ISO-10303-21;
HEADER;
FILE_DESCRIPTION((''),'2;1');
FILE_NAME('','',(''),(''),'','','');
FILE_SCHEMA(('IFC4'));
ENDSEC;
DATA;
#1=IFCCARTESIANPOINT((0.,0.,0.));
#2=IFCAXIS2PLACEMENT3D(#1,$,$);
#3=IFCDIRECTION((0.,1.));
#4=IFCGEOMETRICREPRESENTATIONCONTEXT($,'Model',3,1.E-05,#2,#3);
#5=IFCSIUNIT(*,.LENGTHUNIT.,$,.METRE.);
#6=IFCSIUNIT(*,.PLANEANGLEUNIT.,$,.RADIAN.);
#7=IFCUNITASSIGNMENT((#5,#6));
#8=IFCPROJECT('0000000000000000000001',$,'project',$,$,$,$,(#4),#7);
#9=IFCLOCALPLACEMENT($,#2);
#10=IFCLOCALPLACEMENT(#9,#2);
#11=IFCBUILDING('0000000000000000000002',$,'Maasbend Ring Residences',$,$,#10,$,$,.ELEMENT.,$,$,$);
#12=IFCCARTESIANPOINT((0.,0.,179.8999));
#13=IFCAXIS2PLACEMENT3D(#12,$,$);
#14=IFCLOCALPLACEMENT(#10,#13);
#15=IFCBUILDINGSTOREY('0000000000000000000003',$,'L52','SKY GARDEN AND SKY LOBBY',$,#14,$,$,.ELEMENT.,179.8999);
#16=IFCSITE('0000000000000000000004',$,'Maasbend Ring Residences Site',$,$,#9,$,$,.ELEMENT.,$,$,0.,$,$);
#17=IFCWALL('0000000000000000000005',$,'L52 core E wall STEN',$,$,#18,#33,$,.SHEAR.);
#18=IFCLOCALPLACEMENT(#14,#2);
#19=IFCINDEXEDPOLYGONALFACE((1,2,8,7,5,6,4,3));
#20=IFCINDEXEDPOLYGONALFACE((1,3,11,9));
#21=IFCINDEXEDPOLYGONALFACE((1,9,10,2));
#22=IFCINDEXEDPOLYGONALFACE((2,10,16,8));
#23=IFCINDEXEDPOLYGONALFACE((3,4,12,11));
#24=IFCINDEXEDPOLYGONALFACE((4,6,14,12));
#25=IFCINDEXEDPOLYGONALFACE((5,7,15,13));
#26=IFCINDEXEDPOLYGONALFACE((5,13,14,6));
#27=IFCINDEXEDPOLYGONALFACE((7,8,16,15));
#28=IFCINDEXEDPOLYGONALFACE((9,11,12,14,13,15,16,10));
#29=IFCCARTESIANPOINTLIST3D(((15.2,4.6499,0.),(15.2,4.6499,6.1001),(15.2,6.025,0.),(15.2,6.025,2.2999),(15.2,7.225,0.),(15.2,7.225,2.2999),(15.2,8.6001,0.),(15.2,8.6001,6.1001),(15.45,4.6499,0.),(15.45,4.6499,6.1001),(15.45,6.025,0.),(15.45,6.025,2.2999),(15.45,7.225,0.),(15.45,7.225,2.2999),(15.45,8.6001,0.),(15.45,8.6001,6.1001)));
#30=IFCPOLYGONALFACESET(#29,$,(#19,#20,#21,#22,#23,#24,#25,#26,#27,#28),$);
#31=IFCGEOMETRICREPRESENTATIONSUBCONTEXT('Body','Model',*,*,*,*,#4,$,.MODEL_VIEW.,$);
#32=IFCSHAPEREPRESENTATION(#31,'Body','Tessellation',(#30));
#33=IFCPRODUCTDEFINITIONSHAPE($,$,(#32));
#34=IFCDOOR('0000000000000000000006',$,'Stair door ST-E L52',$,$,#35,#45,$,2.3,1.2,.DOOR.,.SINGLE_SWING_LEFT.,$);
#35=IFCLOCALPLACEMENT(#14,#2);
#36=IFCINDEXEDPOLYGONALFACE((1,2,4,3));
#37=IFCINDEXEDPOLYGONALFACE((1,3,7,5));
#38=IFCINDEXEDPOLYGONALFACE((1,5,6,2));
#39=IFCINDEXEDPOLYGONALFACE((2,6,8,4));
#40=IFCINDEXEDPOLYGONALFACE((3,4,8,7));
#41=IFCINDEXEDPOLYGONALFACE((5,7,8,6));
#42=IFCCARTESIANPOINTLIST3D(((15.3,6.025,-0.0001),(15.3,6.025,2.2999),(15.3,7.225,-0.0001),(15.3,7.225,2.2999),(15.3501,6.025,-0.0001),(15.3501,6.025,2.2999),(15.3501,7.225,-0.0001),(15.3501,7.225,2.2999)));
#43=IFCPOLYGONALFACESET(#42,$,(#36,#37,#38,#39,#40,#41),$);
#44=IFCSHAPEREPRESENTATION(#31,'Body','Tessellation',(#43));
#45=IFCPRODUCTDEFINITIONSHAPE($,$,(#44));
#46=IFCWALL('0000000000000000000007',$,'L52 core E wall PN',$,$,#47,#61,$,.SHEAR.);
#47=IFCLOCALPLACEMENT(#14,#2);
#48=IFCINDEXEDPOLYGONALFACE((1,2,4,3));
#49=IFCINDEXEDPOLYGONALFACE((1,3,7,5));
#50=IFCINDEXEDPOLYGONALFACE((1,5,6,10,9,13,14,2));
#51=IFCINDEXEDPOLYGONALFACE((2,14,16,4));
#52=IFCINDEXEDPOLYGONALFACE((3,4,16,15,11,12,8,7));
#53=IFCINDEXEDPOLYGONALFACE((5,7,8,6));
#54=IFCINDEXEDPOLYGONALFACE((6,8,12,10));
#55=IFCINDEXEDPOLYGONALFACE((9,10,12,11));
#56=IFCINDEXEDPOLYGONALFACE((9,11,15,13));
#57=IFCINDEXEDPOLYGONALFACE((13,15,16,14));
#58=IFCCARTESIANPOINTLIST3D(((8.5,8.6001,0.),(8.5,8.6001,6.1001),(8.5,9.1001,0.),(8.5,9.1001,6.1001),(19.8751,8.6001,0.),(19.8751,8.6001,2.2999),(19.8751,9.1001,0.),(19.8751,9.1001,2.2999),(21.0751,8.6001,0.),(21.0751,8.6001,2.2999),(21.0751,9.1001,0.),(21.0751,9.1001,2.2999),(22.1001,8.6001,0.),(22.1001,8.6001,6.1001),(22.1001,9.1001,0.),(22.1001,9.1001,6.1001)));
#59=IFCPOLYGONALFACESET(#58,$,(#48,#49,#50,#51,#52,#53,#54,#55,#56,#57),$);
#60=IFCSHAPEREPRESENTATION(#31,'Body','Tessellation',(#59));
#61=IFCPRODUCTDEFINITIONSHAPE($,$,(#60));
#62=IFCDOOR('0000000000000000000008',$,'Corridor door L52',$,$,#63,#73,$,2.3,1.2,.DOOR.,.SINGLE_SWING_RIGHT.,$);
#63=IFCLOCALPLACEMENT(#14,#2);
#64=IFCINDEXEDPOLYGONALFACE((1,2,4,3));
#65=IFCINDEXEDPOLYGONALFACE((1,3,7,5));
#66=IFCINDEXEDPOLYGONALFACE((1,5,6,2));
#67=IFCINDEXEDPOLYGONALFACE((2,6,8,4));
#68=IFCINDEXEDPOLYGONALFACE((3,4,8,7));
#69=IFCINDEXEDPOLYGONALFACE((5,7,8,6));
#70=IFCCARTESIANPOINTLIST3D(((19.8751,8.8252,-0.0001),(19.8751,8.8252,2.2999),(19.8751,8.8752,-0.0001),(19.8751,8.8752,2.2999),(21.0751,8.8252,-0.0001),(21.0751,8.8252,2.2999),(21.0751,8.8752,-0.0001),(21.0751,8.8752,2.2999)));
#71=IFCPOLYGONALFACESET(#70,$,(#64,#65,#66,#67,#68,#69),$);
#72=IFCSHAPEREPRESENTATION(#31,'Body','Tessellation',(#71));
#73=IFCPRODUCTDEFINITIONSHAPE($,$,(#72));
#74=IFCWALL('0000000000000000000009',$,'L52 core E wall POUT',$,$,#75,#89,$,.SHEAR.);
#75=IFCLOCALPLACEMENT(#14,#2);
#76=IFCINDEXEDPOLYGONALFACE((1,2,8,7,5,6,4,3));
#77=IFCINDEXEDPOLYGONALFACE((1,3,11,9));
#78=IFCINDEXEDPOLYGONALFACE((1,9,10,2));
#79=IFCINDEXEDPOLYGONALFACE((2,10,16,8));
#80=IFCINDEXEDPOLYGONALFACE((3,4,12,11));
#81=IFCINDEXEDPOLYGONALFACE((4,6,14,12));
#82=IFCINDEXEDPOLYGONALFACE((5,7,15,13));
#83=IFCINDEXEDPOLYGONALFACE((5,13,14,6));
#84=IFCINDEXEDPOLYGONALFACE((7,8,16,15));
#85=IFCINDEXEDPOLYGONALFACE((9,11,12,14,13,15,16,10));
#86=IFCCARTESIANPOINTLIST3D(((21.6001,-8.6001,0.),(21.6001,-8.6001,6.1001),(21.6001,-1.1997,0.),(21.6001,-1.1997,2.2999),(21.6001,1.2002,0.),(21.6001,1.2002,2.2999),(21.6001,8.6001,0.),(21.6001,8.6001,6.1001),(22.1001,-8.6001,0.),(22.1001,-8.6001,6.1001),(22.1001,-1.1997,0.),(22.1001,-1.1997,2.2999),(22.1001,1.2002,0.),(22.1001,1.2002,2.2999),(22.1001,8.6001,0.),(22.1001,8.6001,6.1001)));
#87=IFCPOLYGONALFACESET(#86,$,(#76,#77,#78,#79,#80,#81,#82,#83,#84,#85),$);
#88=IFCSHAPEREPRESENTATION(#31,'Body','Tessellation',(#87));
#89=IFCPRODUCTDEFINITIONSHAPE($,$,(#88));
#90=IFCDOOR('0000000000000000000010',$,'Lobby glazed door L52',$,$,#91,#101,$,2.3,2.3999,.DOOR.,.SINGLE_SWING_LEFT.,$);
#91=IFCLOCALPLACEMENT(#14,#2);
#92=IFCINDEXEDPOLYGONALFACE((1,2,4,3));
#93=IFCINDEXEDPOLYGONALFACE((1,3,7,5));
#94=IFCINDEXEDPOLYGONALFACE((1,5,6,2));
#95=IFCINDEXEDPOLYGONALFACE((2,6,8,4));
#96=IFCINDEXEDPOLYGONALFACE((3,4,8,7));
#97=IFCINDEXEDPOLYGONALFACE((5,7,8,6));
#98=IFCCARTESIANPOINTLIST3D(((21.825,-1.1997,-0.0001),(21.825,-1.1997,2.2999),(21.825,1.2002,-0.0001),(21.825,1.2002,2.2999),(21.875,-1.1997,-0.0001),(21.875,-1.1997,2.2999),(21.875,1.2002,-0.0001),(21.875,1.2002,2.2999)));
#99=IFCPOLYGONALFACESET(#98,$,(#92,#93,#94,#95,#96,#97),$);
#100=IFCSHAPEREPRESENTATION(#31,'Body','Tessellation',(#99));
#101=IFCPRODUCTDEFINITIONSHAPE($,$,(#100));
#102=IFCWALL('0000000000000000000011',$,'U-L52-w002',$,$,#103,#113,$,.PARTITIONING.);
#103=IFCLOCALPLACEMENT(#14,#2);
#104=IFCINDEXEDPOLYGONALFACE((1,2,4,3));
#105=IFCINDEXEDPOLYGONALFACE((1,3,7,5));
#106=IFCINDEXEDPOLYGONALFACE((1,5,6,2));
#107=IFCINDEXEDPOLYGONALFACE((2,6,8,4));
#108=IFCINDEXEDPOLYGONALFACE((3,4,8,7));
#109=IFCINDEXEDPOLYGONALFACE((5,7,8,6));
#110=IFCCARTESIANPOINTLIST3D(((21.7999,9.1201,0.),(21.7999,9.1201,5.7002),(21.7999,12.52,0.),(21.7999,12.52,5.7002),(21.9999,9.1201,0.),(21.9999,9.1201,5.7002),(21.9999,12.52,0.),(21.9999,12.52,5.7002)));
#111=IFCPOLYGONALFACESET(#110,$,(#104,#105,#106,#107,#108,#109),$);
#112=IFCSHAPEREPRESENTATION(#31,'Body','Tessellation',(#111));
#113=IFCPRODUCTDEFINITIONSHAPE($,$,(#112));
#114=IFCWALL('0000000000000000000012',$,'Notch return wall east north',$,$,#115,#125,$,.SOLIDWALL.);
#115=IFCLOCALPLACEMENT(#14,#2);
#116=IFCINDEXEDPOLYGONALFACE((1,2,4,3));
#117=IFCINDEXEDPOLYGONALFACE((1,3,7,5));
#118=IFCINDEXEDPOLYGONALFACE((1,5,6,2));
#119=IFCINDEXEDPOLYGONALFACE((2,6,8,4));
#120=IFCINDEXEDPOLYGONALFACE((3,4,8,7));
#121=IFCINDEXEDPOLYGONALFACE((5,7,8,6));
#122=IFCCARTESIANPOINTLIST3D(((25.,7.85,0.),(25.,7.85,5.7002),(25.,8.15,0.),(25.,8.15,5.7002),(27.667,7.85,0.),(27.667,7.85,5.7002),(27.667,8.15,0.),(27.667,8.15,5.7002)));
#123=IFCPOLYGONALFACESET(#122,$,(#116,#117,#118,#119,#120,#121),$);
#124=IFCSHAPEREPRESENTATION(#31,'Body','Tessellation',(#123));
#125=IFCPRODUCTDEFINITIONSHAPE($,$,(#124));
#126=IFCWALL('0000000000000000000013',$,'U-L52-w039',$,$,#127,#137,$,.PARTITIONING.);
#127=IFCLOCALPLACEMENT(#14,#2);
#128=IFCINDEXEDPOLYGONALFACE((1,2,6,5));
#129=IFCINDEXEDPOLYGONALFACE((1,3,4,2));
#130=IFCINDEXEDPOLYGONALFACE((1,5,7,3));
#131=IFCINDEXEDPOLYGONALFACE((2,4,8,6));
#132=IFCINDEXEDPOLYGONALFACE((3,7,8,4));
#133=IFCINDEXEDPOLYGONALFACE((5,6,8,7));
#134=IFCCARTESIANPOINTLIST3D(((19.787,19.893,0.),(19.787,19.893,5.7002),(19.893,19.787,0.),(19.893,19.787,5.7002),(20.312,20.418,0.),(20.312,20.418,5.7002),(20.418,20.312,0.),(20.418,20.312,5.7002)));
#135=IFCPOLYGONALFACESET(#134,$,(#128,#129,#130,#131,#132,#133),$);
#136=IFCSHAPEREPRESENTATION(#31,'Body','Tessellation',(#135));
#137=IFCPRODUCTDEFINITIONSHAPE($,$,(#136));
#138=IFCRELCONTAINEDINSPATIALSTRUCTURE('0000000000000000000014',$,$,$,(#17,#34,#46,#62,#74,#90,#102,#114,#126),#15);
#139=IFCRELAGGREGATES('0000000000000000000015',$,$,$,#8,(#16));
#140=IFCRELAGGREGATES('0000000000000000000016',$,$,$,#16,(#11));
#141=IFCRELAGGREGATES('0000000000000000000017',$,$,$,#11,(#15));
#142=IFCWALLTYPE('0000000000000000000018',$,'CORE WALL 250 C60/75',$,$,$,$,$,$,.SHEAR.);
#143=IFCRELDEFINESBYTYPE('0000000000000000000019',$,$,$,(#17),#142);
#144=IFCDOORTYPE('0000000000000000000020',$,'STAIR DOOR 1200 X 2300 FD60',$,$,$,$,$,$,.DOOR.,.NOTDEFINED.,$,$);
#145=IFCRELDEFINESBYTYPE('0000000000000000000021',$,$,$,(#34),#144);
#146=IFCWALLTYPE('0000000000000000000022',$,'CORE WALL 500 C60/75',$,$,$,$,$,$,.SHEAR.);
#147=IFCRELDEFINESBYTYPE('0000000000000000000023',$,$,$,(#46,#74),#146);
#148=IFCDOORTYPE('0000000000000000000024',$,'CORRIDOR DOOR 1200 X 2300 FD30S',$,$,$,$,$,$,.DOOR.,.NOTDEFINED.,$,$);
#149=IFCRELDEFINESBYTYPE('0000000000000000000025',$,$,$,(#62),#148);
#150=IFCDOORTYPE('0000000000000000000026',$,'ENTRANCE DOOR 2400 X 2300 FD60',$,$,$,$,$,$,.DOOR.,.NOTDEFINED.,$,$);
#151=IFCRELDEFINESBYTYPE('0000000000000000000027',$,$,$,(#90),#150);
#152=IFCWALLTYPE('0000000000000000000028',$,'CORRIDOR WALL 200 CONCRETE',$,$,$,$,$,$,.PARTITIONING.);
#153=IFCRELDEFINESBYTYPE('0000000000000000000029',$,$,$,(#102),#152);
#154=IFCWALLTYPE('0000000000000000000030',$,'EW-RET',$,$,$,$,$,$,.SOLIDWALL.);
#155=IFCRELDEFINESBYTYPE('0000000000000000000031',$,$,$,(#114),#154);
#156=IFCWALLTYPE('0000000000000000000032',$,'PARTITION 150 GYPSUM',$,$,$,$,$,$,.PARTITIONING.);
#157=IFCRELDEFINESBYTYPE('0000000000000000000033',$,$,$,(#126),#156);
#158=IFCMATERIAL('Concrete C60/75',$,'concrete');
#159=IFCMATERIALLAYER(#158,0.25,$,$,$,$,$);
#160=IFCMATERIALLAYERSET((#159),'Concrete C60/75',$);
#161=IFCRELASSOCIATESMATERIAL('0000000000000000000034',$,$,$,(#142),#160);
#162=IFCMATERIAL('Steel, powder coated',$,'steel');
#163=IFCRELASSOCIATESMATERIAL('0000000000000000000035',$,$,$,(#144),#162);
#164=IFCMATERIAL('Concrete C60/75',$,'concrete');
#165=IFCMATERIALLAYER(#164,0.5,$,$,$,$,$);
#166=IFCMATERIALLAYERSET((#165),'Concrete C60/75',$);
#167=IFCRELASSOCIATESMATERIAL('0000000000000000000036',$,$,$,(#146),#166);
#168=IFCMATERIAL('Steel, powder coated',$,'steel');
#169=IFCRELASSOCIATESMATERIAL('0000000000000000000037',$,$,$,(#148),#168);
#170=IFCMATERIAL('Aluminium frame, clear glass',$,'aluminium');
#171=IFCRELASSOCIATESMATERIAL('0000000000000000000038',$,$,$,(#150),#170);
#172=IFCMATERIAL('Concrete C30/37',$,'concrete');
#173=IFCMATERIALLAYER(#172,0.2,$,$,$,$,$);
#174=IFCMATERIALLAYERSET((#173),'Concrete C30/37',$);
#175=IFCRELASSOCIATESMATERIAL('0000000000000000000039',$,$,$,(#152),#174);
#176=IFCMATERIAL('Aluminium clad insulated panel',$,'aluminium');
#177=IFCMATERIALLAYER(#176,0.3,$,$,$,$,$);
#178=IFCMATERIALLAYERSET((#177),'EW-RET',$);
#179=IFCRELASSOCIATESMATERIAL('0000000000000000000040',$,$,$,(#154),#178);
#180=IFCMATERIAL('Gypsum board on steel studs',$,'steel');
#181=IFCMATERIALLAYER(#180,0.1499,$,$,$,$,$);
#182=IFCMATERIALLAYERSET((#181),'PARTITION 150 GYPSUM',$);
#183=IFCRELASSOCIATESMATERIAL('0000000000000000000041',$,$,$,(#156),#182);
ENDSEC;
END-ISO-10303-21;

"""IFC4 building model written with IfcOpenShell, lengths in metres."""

from ifc_helpers import new_model, si_unit, direction, frame, frame_2d, origin, place, context, subcontext, project, spatial, rectangle, extrude, material, layer, layer_set, type_object, element, fill, save


model = new_model("IFC4")

# Units and contexts
model_context = context("Model", 3, precision=1e-05, world=origin(), true_north=direction((0.0, 1.0)))
body_context = subcontext(model_context, "Body", "Model", "MODEL_VIEW")
ifc_project = project(units=[si_unit("LENGTHUNIT", "METRE"), si_unit("PLANEANGLEUNIT", "RADIAN")], contexts=[model_context])

# Site, building, storey
site_placement = place(None, origin())
site = spatial("IfcSite", under=ifc_project, at=site_placement, Name="Maasbend Ring Residences Site", CompositionType="ELEMENT", RefElevation=0.0)
building_placement = place(site_placement, origin())
building = spatial("IfcBuilding", under=site, at=building_placement, Name="Maasbend Ring Residences", CompositionType="ELEMENT")
storey_placement = place(building_placement, frame((0.0, 0.0, 179.8999)))
storey = spatial("IfcBuildingStorey", under=building, at=storey_placement, Name="L52", Description="SKY GARDEN AND SKY LOBBY", CompositionType="ELEMENT", Elevation=179.8999)

# Walls, openings, doors
ifc_material_1 = material(Name="Concrete C60/75", Category="concrete")
ifc_layer_1 = layer(ifc_material_1, 0.25)
ifc_layer_set_1 = layer_set([ifc_layer_1], Name="Concrete C60/75")
wall_type_1 = type_object("IfcWallType", Name="CORE WALL 250 C60/75", PredefinedType="SHEAR", material=ifc_layer_set_1)
wall_1_placement = place(storey_placement, frame((15.325, 4.6499, 0.0), z_axis=(0.0, 0.0, 1.0), x_axis=(0.0, 1.0, 0.0)))
wall_1 = element("IfcWall", 1, at=wall_1_placement, inside=storey, type_object=wall_type_1, Name="L52 core E wall STEN", PredefinedType="SHEAR", context=body_context, shape_type="SweptSolid", body=[
    extrude(rectangle(XDim=3.9502, YDim=0.25, at=frame_2d((1.9751, 0.0))), origin(), (0.0, 0.0, 1.0), 6.1001),
])
opening_1_placement = place(wall_1_placement, frame((1.375, 0.0, 0.0)))
opening_1 = element("IfcOpeningElement", 2, at=opening_1_placement, cuts=wall_1, PredefinedType="OPENING", context=body_context, shape_type="SweptSolid", body=[
    extrude(rectangle(XDim=1.2, YDim=2.3, at=frame_2d((0.6001, 1.1499))), frame((0.0, 0.135, 0.0), z_axis=(0.0, -1.0, 0.0), x_axis=(1.0, 0.0, 0.0)), (0.0, 0.0, 1.0), 0.27),
])
ifc_material_2 = material(Name="Steel, powder coated", Category="steel")
door_type_1 = type_object("IfcDoorType", Name="STAIR DOOR 1200 X 2300 FD60", OperationType="NOTDEFINED", PredefinedType="DOOR", material=ifc_material_2)
door_1_placement = place(opening_1_placement, origin())
door_1 = element("IfcDoor", 3, at=door_1_placement, inside=storey, type_object=door_type_1, Name="Stair door ST-E L52", OperationType="SINGLE_SWING_LEFT", OverallHeight=2.3, OverallWidth=1.2, PredefinedType="DOOR", context=body_context, shape_type="SweptSolid", body=[
    extrude(rectangle(XDim=1.2, YDim=2.3, at=frame_2d((0.6001, 1.1499))), frame((0.0, 0.0249, 0.0), z_axis=(0.0, -1.0, 0.0), x_axis=(1.0, 0.0, 0.0)), (0.0, 0.0, 1.0), 0.05),
])
fill(opening_1, door_1)
ifc_material_3 = material(Name="Concrete C60/75", Category="concrete")
ifc_layer_2 = layer(ifc_material_3, 0.5)
ifc_layer_set_2 = layer_set([ifc_layer_2], Name="Concrete C60/75")
wall_type_2 = type_object("IfcWallType", Name="CORE WALL 500 C60/75", PredefinedType="SHEAR", material=ifc_layer_set_2)
wall_2_placement = place(storey_placement, frame((22.1001, 8.8501, 0.0), z_axis=(0.0, 0.0, 1.0), x_axis=(-1.0, 0.0, 0.0)))
wall_2 = element("IfcWall", 4, at=wall_2_placement, inside=storey, type_object=wall_type_2, Name="L52 core E wall PN", PredefinedType="SHEAR", context=body_context, shape_type="SweptSolid", body=[
    extrude(rectangle(XDim=13.6001, YDim=0.5, at=frame_2d((6.8, 0.0))), origin(), (0.0, 0.0, 1.0), 6.1001),
])
opening_2_placement = place(wall_2_placement, frame((1.0249, 0.0, 0.0)))
opening_2 = element("IfcOpeningElement", 5, at=opening_2_placement, cuts=wall_2, PredefinedType="OPENING", context=body_context, shape_type="SweptSolid", body=[
    extrude(rectangle(XDim=1.2, YDim=2.3, at=frame_2d((0.6001, 1.1499))), frame((0.0, 0.26, 0.0), z_axis=(0.0, -1.0, 0.0), x_axis=(1.0, 0.0, 0.0)), (0.0, 0.0, 1.0), 0.52),
])
ifc_material_4 = material(Name="Steel, powder coated", Category="steel")
door_type_2 = type_object("IfcDoorType", Name="CORRIDOR DOOR 1200 X 2300 FD30S", OperationType="NOTDEFINED", PredefinedType="DOOR", material=ifc_material_4)
door_2_placement = place(opening_2_placement, origin())
door_2 = element("IfcDoor", 6, at=door_2_placement, inside=storey, type_object=door_type_2, Name="Corridor door L52", OperationType="SINGLE_SWING_RIGHT", OverallHeight=2.3, OverallWidth=1.2, PredefinedType="DOOR", context=body_context, shape_type="SweptSolid", body=[
    extrude(rectangle(XDim=1.2, YDim=2.3, at=frame_2d((0.6001, 1.1499))), frame((0.0, 0.0249, 0.0), z_axis=(0.0, -1.0, 0.0), x_axis=(1.0, 0.0, 0.0)), (0.0, 0.0, 1.0), 0.05),
])
fill(opening_2, door_2)
wall_3_placement = place(storey_placement, frame((21.8501, 8.6001, 0.0), z_axis=(0.0, 0.0, 1.0), x_axis=(0.0, -1.0, 0.0)))
wall_3 = element("IfcWall", 7, at=wall_3_placement, inside=storey, type_object=wall_type_2, Name="L52 core E wall POUT", PredefinedType="SHEAR", context=body_context, shape_type="SweptSolid", body=[
    extrude(rectangle(XDim=17.2002, YDim=0.5, at=frame_2d((8.6001, 0.0))), origin(), (0.0, 0.0, 1.0), 6.1001),
])
opening_3_placement = place(wall_3_placement, frame((7.3999, 0.0, 0.0)))
opening_3 = element("IfcOpeningElement", 8, at=opening_3_placement, cuts=wall_3, PredefinedType="OPENING", context=body_context, shape_type="SweptSolid", body=[
    extrude(rectangle(XDim=2.3999, YDim=2.3, at=frame_2d((1.2, 1.1499))), frame((0.0, 0.26, 0.0), z_axis=(0.0, -1.0, 0.0), x_axis=(1.0, 0.0, 0.0)), (0.0, 0.0, 1.0), 0.52),
])
ifc_material_5 = material(Name="Aluminium frame, clear glass", Category="aluminium")
door_type_3 = type_object("IfcDoorType", Name="ENTRANCE DOOR 2400 X 2300 FD60", OperationType="NOTDEFINED", PredefinedType="DOOR", material=ifc_material_5)
door_3_placement = place(opening_3_placement, origin())
door_3 = element("IfcDoor", 9, at=door_3_placement, inside=storey, type_object=door_type_3, Name="Lobby glazed door L52", OperationType="SINGLE_SWING_LEFT", OverallHeight=2.3, OverallWidth=2.3999, PredefinedType="DOOR", context=body_context, shape_type="SweptSolid", body=[
    extrude(rectangle(XDim=2.3999, YDim=2.3, at=frame_2d((1.2, 1.1499))), frame((0.0, 0.0249, 0.0), z_axis=(0.0, -1.0, 0.0), x_axis=(1.0, 0.0, 0.0)), (0.0, 0.0, 1.0), 0.05),
])
fill(opening_3, door_3)

# Walls
ifc_material_6 = material(Name="Concrete C30/37", Category="concrete")
ifc_layer_3 = layer(ifc_material_6, 0.2)
ifc_layer_set_3 = layer_set([ifc_layer_3], Name="Concrete C30/37")
wall_type_3 = type_object("IfcWallType", Name="CORRIDOR WALL 200 CONCRETE", PredefinedType="PARTITIONING", material=ifc_layer_set_3)
wall_4_placement = place(storey_placement, frame((21.8999, 9.1201, 0.0), z_axis=(0.0, 0.0, 1.0), x_axis=(0.0, 1.0, 0.0)))
element("IfcWall", 10, at=wall_4_placement, inside=storey, type_object=wall_type_3, Name="U-L52-w002", PredefinedType="PARTITIONING", context=body_context, shape_type="SweptSolid", body=[
    extrude(rectangle(XDim=3.3999, YDim=0.2, at=frame_2d((1.7, 0.0))), origin(), (0.0, 0.0, 1.0), 5.7002),
])
ifc_material_7 = material(Name="Aluminium clad insulated panel", Category="aluminium")
ifc_layer_4 = layer(ifc_material_7, 0.3)
ifc_layer_set_4 = layer_set([ifc_layer_4], Name="EW-RET")
wall_type_4 = type_object("IfcWallType", Name="EW-RET", PredefinedType="SOLIDWALL", material=ifc_layer_set_4)
wall_5_placement = place(storey_placement, frame((25.0, 8.0, 0.0), z_axis=(0.0, 0.0, 1.0), x_axis=(1.0, 0.0, 0.0)))
element("IfcWall", 11, at=wall_5_placement, inside=storey, type_object=wall_type_4, Name="Notch return wall east north", PredefinedType="SOLIDWALL", context=body_context, shape_type="SweptSolid", body=[
    extrude(rectangle(XDim=2.667, YDim=0.3, at=frame_2d((1.3335, 0.0))), origin(), (0.0, 0.0, 1.0), 5.7002),
])
ifc_material_8 = material(Name="Gypsum board on steel studs", Category="steel")
ifc_layer_5 = layer(ifc_material_8, 0.1499)
ifc_layer_set_5 = layer_set([ifc_layer_5], Name="PARTITION 150 GYPSUM")
wall_type_5 = type_object("IfcWallType", Name="PARTITION 150 GYPSUM", PredefinedType="PARTITIONING", material=ifc_layer_set_5)
wall_6_placement = place(storey_placement, frame((19.8401, 19.8401, 0.0), z_axis=(0.0, 0.0, 1.0), x_axis=(0.707107, 0.707107, 0.0)))
element("IfcWall", 12, at=wall_6_placement, inside=storey, type_object=wall_type_5, Name="U-L52-w039", PredefinedType="PARTITIONING", context=body_context, shape_type="SweptSolid", body=[
    extrude(rectangle(XDim=0.7424, YDim=0.1499, at=frame_2d((0.3711, 0.0))), origin(), (0.0, 0.0, 1.0), 5.7002),
])

save(model, "model.ifc")
